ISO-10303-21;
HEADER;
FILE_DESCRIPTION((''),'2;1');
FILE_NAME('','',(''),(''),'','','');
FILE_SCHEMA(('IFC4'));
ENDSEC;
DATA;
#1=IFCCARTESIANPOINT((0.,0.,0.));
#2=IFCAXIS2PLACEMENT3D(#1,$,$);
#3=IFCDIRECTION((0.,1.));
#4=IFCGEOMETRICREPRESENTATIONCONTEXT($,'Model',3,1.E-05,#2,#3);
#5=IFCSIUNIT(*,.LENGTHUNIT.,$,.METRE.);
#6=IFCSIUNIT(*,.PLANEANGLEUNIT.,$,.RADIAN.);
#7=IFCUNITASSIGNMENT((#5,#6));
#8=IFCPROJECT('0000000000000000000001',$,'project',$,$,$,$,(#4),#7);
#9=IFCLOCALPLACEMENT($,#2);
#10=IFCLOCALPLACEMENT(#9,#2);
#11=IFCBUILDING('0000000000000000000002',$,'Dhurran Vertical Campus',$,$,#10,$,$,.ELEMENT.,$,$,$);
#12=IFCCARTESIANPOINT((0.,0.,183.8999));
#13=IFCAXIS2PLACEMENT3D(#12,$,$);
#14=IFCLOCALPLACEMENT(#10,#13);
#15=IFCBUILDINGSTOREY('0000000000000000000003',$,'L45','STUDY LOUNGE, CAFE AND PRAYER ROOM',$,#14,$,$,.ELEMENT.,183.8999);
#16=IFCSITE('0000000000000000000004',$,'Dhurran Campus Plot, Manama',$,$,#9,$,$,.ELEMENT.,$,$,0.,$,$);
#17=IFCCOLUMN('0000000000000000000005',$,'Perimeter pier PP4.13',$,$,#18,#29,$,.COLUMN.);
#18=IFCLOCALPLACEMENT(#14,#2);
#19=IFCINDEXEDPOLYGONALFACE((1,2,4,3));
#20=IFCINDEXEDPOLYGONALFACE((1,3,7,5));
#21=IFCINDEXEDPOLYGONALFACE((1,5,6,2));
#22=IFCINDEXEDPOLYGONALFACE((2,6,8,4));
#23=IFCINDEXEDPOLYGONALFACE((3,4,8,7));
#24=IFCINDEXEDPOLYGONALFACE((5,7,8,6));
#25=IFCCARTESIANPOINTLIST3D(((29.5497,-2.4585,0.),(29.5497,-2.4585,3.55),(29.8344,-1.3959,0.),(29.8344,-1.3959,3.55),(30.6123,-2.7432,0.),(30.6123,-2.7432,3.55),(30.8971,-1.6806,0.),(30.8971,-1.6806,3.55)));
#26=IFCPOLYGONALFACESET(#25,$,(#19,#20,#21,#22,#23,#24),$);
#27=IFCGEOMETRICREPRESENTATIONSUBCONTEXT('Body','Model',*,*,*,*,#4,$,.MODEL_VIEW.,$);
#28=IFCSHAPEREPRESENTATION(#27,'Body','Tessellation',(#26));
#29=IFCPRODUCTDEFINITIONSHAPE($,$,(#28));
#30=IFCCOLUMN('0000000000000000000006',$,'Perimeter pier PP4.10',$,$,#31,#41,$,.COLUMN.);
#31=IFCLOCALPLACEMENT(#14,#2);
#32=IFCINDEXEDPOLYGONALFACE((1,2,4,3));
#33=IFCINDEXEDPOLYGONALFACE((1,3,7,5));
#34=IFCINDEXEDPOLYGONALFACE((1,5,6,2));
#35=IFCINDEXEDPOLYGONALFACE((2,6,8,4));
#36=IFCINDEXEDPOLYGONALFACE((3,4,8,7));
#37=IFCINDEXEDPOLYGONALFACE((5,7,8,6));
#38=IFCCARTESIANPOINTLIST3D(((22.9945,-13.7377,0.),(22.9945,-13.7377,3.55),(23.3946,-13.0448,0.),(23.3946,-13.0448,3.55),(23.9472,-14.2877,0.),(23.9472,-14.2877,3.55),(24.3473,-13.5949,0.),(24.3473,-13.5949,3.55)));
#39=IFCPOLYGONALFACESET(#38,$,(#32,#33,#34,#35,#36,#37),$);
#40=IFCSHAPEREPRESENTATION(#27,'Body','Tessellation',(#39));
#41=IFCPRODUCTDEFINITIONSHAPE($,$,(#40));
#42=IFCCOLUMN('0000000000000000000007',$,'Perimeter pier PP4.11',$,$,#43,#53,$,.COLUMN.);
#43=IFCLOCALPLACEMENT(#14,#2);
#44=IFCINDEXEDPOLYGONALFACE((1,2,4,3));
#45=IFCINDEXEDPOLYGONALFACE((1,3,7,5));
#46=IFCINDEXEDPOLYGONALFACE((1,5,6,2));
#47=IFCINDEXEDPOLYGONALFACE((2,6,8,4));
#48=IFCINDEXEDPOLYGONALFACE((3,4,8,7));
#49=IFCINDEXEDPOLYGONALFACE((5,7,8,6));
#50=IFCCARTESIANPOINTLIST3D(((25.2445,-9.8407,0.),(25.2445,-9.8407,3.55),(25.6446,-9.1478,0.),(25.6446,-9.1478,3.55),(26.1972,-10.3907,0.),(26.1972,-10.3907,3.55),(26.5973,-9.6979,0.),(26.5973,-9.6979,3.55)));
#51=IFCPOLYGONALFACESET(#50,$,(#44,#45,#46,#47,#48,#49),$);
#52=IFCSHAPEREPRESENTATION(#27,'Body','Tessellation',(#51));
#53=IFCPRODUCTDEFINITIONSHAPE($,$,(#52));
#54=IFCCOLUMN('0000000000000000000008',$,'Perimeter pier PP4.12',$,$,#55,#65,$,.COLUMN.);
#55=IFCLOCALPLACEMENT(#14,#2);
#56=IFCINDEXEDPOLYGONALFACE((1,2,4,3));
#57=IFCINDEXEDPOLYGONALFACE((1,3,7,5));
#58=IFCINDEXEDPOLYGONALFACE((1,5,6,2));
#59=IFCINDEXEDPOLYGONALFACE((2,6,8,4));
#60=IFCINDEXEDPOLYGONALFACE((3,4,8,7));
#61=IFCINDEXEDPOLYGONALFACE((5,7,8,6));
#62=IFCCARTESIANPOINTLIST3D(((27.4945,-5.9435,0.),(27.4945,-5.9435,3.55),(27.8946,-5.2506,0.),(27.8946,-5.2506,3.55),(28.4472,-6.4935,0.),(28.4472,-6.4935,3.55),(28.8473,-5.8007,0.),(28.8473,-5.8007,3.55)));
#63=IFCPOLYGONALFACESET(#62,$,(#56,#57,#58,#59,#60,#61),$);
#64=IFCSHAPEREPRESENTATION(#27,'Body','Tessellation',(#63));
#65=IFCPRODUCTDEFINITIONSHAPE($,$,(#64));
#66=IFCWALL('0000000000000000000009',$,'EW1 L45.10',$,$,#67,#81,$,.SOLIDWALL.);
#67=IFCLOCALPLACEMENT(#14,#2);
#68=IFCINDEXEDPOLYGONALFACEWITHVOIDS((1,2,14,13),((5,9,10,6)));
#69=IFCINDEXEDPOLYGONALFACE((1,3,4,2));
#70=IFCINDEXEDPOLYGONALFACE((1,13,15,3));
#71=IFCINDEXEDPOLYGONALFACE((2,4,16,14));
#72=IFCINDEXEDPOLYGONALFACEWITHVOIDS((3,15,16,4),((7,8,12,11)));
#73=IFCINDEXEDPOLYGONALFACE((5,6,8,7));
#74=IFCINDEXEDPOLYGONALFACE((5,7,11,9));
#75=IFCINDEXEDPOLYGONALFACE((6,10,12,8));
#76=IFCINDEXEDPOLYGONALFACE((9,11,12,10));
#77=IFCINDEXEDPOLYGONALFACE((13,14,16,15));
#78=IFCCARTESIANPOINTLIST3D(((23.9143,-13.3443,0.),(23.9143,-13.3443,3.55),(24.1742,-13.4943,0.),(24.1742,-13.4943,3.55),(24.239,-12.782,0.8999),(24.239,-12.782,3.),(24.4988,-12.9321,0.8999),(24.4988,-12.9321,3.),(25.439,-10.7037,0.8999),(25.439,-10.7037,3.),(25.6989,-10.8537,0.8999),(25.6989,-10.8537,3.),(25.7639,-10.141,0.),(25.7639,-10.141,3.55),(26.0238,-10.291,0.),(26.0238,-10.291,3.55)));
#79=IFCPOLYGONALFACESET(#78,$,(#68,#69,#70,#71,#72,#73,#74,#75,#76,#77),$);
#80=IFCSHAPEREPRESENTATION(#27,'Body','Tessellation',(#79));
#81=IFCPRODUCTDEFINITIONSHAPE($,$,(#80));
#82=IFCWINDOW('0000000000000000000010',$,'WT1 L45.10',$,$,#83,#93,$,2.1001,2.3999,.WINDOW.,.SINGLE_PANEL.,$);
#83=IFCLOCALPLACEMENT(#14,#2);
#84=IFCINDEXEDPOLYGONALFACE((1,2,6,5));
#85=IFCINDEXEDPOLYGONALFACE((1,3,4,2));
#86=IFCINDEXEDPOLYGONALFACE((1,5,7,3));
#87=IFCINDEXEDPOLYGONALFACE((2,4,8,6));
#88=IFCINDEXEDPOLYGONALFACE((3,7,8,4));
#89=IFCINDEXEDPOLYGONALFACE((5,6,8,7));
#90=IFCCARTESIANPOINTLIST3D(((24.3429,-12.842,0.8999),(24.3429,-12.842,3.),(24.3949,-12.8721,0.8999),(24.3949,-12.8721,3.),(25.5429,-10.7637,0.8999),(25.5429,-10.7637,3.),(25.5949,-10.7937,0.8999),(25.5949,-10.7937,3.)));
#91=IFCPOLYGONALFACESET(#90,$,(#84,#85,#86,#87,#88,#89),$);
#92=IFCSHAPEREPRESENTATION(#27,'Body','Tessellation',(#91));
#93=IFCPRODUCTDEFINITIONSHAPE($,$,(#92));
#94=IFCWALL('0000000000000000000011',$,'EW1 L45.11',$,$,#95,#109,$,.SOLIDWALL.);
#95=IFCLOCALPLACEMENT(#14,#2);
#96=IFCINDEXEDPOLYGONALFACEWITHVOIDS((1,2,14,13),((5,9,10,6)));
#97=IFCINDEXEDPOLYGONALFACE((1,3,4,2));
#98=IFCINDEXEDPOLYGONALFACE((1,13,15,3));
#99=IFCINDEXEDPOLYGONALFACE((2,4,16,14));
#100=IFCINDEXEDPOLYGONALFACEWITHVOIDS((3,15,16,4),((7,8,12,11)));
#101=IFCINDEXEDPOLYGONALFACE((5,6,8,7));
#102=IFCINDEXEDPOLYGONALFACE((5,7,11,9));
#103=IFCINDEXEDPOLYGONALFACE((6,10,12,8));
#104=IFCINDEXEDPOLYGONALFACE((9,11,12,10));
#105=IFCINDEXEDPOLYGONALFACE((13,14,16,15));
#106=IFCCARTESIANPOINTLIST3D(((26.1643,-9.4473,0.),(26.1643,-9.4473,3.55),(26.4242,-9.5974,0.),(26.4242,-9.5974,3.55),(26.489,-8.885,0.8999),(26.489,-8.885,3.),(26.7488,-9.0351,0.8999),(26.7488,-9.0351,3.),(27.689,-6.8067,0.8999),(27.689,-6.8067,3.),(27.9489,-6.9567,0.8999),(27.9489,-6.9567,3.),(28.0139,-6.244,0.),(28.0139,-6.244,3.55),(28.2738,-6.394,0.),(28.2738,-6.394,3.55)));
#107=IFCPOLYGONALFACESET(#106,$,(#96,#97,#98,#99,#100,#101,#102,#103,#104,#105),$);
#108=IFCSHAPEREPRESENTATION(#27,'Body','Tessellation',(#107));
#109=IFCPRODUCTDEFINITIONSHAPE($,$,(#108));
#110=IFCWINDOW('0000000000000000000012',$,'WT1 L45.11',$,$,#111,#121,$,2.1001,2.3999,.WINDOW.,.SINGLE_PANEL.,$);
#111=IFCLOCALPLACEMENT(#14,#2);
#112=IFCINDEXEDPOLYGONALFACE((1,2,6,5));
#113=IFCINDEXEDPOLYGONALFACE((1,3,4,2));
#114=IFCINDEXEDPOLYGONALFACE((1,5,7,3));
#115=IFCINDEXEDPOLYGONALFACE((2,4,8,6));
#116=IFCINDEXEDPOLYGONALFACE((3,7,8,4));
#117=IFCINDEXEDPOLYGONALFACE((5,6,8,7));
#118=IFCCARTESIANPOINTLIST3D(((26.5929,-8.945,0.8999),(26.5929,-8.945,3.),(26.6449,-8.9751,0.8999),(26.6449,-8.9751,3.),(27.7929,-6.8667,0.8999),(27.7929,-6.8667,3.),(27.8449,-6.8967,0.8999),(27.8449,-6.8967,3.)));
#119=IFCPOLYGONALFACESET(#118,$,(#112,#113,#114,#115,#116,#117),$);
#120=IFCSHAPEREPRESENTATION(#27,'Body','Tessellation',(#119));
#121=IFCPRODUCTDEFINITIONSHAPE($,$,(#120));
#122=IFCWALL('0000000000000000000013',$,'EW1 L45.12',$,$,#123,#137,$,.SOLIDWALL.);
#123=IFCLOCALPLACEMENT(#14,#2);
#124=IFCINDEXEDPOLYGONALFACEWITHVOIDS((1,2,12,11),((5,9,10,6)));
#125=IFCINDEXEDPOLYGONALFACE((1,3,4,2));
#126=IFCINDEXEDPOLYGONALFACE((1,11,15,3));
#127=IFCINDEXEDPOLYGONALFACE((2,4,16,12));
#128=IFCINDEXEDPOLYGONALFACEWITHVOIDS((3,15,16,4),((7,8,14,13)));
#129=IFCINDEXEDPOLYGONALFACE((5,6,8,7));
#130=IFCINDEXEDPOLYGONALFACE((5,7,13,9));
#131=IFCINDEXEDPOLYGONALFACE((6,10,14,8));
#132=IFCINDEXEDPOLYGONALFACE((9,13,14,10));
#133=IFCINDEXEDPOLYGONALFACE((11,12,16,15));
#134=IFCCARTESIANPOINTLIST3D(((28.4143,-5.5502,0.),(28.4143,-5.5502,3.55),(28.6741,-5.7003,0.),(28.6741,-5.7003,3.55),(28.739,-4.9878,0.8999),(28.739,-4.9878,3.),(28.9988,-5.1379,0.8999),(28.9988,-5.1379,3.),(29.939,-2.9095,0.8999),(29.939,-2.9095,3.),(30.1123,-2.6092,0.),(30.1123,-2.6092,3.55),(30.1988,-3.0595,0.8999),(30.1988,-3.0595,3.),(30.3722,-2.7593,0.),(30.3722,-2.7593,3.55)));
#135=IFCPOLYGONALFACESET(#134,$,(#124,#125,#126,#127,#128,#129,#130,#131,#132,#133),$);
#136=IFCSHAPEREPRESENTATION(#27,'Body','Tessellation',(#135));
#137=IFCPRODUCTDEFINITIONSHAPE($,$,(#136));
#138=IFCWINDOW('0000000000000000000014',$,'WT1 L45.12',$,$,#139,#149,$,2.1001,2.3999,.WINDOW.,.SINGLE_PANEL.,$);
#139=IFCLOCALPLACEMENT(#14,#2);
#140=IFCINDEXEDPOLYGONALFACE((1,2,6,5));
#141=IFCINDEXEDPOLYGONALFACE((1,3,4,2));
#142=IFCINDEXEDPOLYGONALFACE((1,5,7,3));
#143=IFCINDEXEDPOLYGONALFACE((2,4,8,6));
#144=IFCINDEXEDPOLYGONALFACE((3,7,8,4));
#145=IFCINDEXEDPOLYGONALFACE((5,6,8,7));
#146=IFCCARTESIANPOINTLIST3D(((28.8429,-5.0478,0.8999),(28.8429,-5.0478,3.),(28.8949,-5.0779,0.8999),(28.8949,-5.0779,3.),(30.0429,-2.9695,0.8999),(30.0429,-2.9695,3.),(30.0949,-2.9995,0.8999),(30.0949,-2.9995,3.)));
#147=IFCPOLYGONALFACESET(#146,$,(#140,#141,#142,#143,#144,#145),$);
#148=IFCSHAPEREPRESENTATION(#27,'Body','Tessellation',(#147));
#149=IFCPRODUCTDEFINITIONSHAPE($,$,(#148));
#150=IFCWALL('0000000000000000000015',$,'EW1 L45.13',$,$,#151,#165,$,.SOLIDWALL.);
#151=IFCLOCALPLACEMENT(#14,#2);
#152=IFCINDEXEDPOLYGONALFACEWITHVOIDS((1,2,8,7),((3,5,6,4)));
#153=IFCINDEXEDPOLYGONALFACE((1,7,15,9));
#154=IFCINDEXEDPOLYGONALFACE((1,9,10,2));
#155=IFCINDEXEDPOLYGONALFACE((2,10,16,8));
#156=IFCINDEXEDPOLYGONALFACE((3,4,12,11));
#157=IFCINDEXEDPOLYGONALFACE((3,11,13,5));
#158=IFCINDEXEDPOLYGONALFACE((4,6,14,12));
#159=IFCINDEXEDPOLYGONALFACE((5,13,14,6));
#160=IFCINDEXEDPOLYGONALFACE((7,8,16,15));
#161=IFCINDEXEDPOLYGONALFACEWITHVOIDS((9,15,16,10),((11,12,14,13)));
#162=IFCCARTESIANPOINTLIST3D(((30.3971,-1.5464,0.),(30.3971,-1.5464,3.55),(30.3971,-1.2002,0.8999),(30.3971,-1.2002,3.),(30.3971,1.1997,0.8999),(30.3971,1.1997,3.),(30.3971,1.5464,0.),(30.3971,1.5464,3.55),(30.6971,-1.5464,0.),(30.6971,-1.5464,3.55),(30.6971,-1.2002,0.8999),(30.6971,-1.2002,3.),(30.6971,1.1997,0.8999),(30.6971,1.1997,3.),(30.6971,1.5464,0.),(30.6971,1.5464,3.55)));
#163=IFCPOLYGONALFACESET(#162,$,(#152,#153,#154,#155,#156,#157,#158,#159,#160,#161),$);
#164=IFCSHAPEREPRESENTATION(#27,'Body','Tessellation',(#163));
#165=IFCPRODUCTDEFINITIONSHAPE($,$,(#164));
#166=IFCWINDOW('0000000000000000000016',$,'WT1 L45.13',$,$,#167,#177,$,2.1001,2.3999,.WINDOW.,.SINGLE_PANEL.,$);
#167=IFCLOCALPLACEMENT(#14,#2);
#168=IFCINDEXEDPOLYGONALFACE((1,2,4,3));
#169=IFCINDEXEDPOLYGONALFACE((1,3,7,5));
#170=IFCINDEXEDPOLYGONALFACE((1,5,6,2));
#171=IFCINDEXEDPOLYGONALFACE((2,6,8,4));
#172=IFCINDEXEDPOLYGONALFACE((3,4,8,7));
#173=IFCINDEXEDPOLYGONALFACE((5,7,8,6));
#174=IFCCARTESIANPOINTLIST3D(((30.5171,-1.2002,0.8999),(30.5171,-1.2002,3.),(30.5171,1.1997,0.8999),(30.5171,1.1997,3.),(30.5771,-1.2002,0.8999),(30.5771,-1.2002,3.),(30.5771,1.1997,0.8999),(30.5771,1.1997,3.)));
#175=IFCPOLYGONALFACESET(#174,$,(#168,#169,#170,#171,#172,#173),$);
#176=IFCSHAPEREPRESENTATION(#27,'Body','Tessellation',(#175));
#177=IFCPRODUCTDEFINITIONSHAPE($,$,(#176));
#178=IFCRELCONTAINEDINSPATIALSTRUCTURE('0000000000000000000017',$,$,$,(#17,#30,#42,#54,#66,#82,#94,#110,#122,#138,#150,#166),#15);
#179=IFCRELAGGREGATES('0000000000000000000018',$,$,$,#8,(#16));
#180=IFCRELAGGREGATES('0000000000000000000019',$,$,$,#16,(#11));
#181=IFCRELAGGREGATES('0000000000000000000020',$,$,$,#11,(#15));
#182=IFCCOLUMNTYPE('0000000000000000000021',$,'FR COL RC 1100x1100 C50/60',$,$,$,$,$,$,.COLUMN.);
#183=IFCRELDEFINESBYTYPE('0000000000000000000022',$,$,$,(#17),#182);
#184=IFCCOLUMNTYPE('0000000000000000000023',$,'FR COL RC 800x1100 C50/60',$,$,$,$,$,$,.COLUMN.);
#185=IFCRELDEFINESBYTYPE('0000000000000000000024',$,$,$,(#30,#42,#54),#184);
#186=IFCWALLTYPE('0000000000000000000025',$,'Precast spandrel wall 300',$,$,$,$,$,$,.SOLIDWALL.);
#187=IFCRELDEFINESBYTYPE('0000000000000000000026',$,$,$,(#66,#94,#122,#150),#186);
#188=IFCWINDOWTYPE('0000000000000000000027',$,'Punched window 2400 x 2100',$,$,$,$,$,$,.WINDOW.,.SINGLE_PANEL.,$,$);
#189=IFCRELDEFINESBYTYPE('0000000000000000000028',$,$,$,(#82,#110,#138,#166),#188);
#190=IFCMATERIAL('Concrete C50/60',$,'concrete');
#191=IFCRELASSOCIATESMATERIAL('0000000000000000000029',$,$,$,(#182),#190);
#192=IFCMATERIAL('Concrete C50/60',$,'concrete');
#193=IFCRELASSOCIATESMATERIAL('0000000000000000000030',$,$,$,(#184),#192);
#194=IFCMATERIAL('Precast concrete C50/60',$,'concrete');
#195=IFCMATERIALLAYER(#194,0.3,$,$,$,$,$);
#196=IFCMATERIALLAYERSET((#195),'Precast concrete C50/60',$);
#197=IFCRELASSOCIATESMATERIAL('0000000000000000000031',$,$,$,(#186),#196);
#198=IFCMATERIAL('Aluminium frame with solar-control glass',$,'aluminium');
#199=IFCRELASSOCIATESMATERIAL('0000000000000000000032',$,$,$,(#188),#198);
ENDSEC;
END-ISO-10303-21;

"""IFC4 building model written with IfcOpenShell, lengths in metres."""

from ifc_helpers import new_model, si_unit, direction, frame, frame_2d, origin, origin_2d, place, context, subcontext, project, spatial, rectangle, extrude, material, layer, layer_set, material_profile, profile_set, type_object, element, fill, save


model = new_model("IFC4")

# Units and contexts
model_context = context("Model", 3, precision=1e-05, world=origin(), true_north=direction((0.0, 1.0)))
body_context = subcontext(model_context, "Body", "Model", "MODEL_VIEW")
ifc_project = project(units=[si_unit("LENGTHUNIT", "METRE"), si_unit("PLANEANGLEUNIT", "RADIAN")], contexts=[model_context])

# Site, building, storey
site_placement = place(None, origin())
site = spatial("IfcSite", under=ifc_project, at=site_placement, Name="Dhurran Campus Plot, Manama", CompositionType="ELEMENT", RefElevation=0.0)
building_placement = place(site_placement, origin())
building = spatial("IfcBuilding", under=site, at=building_placement, Name="Dhurran Vertical Campus", CompositionType="ELEMENT")
storey_placement = place(building_placement, frame((0.0, 0.0, 183.8999)))
storey = spatial("IfcBuildingStorey", under=building, at=storey_placement, Name="L45", Description="STUDY LOUNGE, CAFE AND PRAYER ROOM", CompositionType="ELEMENT", Elevation=183.8999)

# Columns
ifc_material_1 = material(Name="Concrete C50/60", Category="concrete")
ifc_material_profile_1 = material_profile(ifc_material_1, rectangle(XDim=1.1001, YDim=1.1001, at=origin_2d()), Name="RC 1100x1100")
ifc_profile_set_1 = profile_set([ifc_material_profile_1], Name="Concrete C50/60")
column_type_1 = type_object("IfcColumnType", Name="FR COL RC 1100x1100 C50/60", PredefinedType="COLUMN", material=ifc_profile_set_1)
column_placement = place(storey_placement, frame((30.2234, -2.0696, 0.0), z_axis=(0.0, 0.0, 1.0), x_axis=(0.258819, 0.965926, 0.0)))
element("IfcColumn", 1, at=column_placement, inside=storey, type_object=column_type_1, Name="Perimeter pier PP4.13", PredefinedType="COLUMN", context=body_context, shape_type="SweptSolid", body=[
    extrude(rectangle(XDim=1.1001, YDim=1.1001, at=origin_2d()), origin(), (0.0, 0.0, 1.0), 3.55),
])
ifc_material_2 = material(Name="Concrete C50/60", Category="concrete")
ifc_material_profile_2 = material_profile(ifc_material_2, rectangle(XDim=0.8, YDim=1.1001, at=origin_2d()), Name="RC 800x1100")
ifc_profile_set_2 = profile_set([ifc_material_profile_2], Name="Concrete C50/60")
column_type_2 = type_object("IfcColumnType", Name="FR COL RC 800x1100 C50/60", PredefinedType="COLUMN", material=ifc_profile_set_2)
for number, where, z_axis, x_axis, name in (
    (2, (23.6709, -13.6663, 0.0), (0.0, 0.0, 1.0), (0.5, 0.866025, 0.0), "Perimeter pier PP4.10"),
    (3, (25.9209, -9.7693, 0.0), (0.0, 0.0, 1.0), (0.5, 0.866025, 0.0), "Perimeter pier PP4.11"),
    (4, (28.1709, -5.8721, 0.0), (0.0, 0.0, 1.0), (0.5, 0.866025, 0.0), "Perimeter pier PP4.12"),
):
    element("IfcColumn", number, at=place(storey_placement, frame(where, z_axis=z_axis, x_axis=x_axis)), inside=storey, type_object=column_type_2, Name=name, PredefinedType="COLUMN", context=body_context, shape_type="SweptSolid", body=[
        extrude(rectangle(XDim=0.8, YDim=1.1001, at=origin_2d()), origin(), (0.0, 0.0, 1.0), 3.55),
    ])

# Walls, openings, windows
ifc_material_3 = material(Name="Precast concrete C50/60", Category="concrete")
ifc_layer_1 = layer(ifc_material_3, 0.3)
ifc_layer_set_1 = layer_set([ifc_layer_1], Name="Precast concrete C50/60")
wall_type_1 = type_object("IfcWallType", Name="Precast spandrel wall 300", PredefinedType="SOLIDWALL", material=ifc_layer_set_1)
wall_1_placement = place(storey_placement, frame((24.0442, -13.4194, 0.0), z_axis=(0.0, 0.0, 1.0), x_axis=(0.500029, 0.866009, 0.0)))
wall_1 = element("IfcWall", 5, at=wall_1_placement, inside=storey, type_object=wall_type_1, Name="EW1 L45.10", PredefinedType="SOLIDWALL", context=body_context, shape_type="SweptSolid", body=[
    extrude(rectangle(XDim=3.699, YDim=0.3, at=frame_2d((1.8496, 0.0))), origin(), (0.0, 0.0, 1.0), 3.55),
])
opening_1_placement = place(wall_1_placement, frame((0.6494, 0.0, 0.8999)))
opening_1 = element("IfcOpeningElement", 6, at=opening_1_placement, cuts=wall_1, PredefinedType="OPENING", context=body_context, shape_type="SweptSolid", body=[
    extrude(rectangle(XDim=2.3999, YDim=2.1001, at=frame_2d((1.2, 1.05))), frame((0.0, 0.1599, 0.0), z_axis=(0.0, -1.0, 0.0), x_axis=(1.0, 0.0, 0.0)), (0.0, 0.0, 1.0), 0.3201),
])
ifc_material_4 = material(Name="Aluminium frame with solar-control glass", Category="aluminium")
window_type = type_object("IfcWindowType", Name="Punched window 2400 x 2100", PartitioningType="SINGLE_PANEL", PredefinedType="WINDOW", material=ifc_material_4)
window_1_placement = place(opening_1_placement, origin())
window_1 = element("IfcWindow", 7, at=window_1_placement, inside=storey, type_object=window_type, Name="WT1 L45.10", OverallHeight=2.1001, OverallWidth=2.3999, PartitioningType="SINGLE_PANEL", PredefinedType="WINDOW", context=body_context, shape_type="SweptSolid", body=[
    extrude(rectangle(XDim=2.3999, YDim=2.1001, at=frame_2d((1.2, 1.05))), frame((0.0, 0.03, 0.0), z_axis=(0.0, -1.0, 0.0), x_axis=(1.0, 0.0, 0.0)), (0.0, 0.0, 1.0), 0.0601),
])
fill(opening_1, window_1)
wall_2_placement = place(storey_placement, frame((26.2942, -9.5225, 0.0), z_axis=(0.0, 0.0, 1.0), x_axis=(0.500029, 0.866009, 0.0)))
wall_2 = element("IfcWall", 8, at=wall_2_placement, inside=storey, type_object=wall_type_1, Name="EW1 L45.11", PredefinedType="SOLIDWALL", context=body_context, shape_type="SweptSolid", body=[
    extrude(rectangle(XDim=3.699, YDim=0.3, at=frame_2d((1.8496, 0.0))), origin(), (0.0, 0.0, 1.0), 3.55),
])
opening_2_placement = place(wall_2_placement, frame((0.6494, 0.0, 0.8999)))
opening_2 = element("IfcOpeningElement", 9, at=opening_2_placement, cuts=wall_2, PredefinedType="OPENING", context=body_context, shape_type="SweptSolid", body=[
    extrude(rectangle(XDim=2.3999, YDim=2.1001, at=frame_2d((1.2, 1.05))), frame((0.0, 0.1599, 0.0), z_axis=(0.0, -1.0, 0.0), x_axis=(1.0, 0.0, 0.0)), (0.0, 0.0, 1.0), 0.3201),
])
window_2_placement = place(opening_2_placement, origin())
window_2 = element("IfcWindow", 10, at=window_2_placement, inside=storey, type_object=window_type, Name="WT1 L45.11", OverallHeight=2.1001, OverallWidth=2.3999, PartitioningType="SINGLE_PANEL", PredefinedType="WINDOW", context=body_context, shape_type="SweptSolid", body=[
    extrude(rectangle(XDim=2.3999, YDim=2.1001, at=frame_2d((1.2, 1.05))), frame((0.0, 0.03, 0.0), z_axis=(0.0, -1.0, 0.0), x_axis=(1.0, 0.0, 0.0)), (0.0, 0.0, 1.0), 0.0601),
])
fill(opening_2, window_2)
wall_3_placement = place(storey_placement, frame((28.5442, -5.6252, 0.0), z_axis=(0.0, 0.0, 1.0), x_axis=(0.500013, 0.866018, 0.0)))
wall_3 = element("IfcWall", 11, at=wall_3_placement, inside=storey, type_object=wall_type_1, Name="EW1 L45.12", PredefinedType="SOLIDWALL", context=body_context, shape_type="SweptSolid", body=[
    extrude(rectangle(XDim=3.396, YDim=0.3, at=frame_2d((1.698, 0.0))), origin(), (0.0, 0.0, 1.0), 3.55),
])
opening_3_placement = place(wall_3_placement, frame((0.6494, 0.0, 0.8999)))
opening_3 = element("IfcOpeningElement", 12, at=opening_3_placement, cuts=wall_3, PredefinedType="OPENING", context=body_context, shape_type="SweptSolid", body=[
    extrude(rectangle(XDim=2.3999, YDim=2.1001, at=frame_2d((1.2, 1.05))), frame((0.0, 0.1599, 0.0), z_axis=(0.0, -1.0, 0.0), x_axis=(1.0, 0.0, 0.0)), (0.0, 0.0, 1.0), 0.3201),
])
window_3_placement = place(opening_3_placement, origin())
window_3 = element("IfcWindow", 13, at=window_3_placement, inside=storey, type_object=window_type, Name="WT1 L45.12", OverallHeight=2.1001, OverallWidth=2.3999, PartitioningType="SINGLE_PANEL", PredefinedType="WINDOW", context=body_context, shape_type="SweptSolid", body=[
    extrude(rectangle(XDim=2.3999, YDim=2.1001, at=frame_2d((1.2, 1.05))), frame((0.0, 0.03, 0.0), z_axis=(0.0, -1.0, 0.0), x_axis=(1.0, 0.0, 0.0)), (0.0, 0.0, 1.0), 0.0601),
])
fill(opening_3, window_3)
wall_4_placement = place(storey_placement, frame((30.5471, -1.5464, 0.0), z_axis=(0.0, 0.0, 1.0), x_axis=(0.0, 1.0, 0.0)))
wall_4 = element("IfcWall", 14, at=wall_4_placement, inside=storey, type_object=wall_type_1, Name="EW1 L45.13", PredefinedType="SOLIDWALL", context=body_context, shape_type="SweptSolid", body=[
    extrude(rectangle(XDim=3.0928, YDim=0.3, at=frame_2d((1.5464, 0.0))), origin(), (0.0, 0.0, 1.0), 3.55),
])
opening_4_placement = place(wall_4_placement, frame((0.3462, 0.0, 0.8999)))
opening_4 = element("IfcOpeningElement", 15, at=opening_4_placement, cuts=wall_4, PredefinedType="OPENING", context=body_context, shape_type="SweptSolid", body=[
    extrude(rectangle(XDim=2.3999, YDim=2.1001, at=frame_2d((1.2, 1.05))), frame((0.0, 0.1599, 0.0), z_axis=(0.0, -1.0, 0.0), x_axis=(1.0, 0.0, 0.0)), (0.0, 0.0, 1.0), 0.3201),
])
window_4_placement = place(opening_4_placement, origin())
window_4 = element("IfcWindow", 16, at=window_4_placement, inside=storey, type_object=window_type, Name="WT1 L45.13", OverallHeight=2.1001, OverallWidth=2.3999, PartitioningType="SINGLE_PANEL", PredefinedType="WINDOW", context=body_context, shape_type="SweptSolid", body=[
    extrude(rectangle(XDim=2.3999, YDim=2.1001, at=frame_2d((1.2, 1.05))), frame((0.0, 0.03, 0.0), z_axis=(0.0, -1.0, 0.0), x_axis=(1.0, 0.0, 0.0)), (0.0, 0.0, 1.0), 0.0601),
])
fill(opening_4, window_4)

save(model, "model.ifc")
